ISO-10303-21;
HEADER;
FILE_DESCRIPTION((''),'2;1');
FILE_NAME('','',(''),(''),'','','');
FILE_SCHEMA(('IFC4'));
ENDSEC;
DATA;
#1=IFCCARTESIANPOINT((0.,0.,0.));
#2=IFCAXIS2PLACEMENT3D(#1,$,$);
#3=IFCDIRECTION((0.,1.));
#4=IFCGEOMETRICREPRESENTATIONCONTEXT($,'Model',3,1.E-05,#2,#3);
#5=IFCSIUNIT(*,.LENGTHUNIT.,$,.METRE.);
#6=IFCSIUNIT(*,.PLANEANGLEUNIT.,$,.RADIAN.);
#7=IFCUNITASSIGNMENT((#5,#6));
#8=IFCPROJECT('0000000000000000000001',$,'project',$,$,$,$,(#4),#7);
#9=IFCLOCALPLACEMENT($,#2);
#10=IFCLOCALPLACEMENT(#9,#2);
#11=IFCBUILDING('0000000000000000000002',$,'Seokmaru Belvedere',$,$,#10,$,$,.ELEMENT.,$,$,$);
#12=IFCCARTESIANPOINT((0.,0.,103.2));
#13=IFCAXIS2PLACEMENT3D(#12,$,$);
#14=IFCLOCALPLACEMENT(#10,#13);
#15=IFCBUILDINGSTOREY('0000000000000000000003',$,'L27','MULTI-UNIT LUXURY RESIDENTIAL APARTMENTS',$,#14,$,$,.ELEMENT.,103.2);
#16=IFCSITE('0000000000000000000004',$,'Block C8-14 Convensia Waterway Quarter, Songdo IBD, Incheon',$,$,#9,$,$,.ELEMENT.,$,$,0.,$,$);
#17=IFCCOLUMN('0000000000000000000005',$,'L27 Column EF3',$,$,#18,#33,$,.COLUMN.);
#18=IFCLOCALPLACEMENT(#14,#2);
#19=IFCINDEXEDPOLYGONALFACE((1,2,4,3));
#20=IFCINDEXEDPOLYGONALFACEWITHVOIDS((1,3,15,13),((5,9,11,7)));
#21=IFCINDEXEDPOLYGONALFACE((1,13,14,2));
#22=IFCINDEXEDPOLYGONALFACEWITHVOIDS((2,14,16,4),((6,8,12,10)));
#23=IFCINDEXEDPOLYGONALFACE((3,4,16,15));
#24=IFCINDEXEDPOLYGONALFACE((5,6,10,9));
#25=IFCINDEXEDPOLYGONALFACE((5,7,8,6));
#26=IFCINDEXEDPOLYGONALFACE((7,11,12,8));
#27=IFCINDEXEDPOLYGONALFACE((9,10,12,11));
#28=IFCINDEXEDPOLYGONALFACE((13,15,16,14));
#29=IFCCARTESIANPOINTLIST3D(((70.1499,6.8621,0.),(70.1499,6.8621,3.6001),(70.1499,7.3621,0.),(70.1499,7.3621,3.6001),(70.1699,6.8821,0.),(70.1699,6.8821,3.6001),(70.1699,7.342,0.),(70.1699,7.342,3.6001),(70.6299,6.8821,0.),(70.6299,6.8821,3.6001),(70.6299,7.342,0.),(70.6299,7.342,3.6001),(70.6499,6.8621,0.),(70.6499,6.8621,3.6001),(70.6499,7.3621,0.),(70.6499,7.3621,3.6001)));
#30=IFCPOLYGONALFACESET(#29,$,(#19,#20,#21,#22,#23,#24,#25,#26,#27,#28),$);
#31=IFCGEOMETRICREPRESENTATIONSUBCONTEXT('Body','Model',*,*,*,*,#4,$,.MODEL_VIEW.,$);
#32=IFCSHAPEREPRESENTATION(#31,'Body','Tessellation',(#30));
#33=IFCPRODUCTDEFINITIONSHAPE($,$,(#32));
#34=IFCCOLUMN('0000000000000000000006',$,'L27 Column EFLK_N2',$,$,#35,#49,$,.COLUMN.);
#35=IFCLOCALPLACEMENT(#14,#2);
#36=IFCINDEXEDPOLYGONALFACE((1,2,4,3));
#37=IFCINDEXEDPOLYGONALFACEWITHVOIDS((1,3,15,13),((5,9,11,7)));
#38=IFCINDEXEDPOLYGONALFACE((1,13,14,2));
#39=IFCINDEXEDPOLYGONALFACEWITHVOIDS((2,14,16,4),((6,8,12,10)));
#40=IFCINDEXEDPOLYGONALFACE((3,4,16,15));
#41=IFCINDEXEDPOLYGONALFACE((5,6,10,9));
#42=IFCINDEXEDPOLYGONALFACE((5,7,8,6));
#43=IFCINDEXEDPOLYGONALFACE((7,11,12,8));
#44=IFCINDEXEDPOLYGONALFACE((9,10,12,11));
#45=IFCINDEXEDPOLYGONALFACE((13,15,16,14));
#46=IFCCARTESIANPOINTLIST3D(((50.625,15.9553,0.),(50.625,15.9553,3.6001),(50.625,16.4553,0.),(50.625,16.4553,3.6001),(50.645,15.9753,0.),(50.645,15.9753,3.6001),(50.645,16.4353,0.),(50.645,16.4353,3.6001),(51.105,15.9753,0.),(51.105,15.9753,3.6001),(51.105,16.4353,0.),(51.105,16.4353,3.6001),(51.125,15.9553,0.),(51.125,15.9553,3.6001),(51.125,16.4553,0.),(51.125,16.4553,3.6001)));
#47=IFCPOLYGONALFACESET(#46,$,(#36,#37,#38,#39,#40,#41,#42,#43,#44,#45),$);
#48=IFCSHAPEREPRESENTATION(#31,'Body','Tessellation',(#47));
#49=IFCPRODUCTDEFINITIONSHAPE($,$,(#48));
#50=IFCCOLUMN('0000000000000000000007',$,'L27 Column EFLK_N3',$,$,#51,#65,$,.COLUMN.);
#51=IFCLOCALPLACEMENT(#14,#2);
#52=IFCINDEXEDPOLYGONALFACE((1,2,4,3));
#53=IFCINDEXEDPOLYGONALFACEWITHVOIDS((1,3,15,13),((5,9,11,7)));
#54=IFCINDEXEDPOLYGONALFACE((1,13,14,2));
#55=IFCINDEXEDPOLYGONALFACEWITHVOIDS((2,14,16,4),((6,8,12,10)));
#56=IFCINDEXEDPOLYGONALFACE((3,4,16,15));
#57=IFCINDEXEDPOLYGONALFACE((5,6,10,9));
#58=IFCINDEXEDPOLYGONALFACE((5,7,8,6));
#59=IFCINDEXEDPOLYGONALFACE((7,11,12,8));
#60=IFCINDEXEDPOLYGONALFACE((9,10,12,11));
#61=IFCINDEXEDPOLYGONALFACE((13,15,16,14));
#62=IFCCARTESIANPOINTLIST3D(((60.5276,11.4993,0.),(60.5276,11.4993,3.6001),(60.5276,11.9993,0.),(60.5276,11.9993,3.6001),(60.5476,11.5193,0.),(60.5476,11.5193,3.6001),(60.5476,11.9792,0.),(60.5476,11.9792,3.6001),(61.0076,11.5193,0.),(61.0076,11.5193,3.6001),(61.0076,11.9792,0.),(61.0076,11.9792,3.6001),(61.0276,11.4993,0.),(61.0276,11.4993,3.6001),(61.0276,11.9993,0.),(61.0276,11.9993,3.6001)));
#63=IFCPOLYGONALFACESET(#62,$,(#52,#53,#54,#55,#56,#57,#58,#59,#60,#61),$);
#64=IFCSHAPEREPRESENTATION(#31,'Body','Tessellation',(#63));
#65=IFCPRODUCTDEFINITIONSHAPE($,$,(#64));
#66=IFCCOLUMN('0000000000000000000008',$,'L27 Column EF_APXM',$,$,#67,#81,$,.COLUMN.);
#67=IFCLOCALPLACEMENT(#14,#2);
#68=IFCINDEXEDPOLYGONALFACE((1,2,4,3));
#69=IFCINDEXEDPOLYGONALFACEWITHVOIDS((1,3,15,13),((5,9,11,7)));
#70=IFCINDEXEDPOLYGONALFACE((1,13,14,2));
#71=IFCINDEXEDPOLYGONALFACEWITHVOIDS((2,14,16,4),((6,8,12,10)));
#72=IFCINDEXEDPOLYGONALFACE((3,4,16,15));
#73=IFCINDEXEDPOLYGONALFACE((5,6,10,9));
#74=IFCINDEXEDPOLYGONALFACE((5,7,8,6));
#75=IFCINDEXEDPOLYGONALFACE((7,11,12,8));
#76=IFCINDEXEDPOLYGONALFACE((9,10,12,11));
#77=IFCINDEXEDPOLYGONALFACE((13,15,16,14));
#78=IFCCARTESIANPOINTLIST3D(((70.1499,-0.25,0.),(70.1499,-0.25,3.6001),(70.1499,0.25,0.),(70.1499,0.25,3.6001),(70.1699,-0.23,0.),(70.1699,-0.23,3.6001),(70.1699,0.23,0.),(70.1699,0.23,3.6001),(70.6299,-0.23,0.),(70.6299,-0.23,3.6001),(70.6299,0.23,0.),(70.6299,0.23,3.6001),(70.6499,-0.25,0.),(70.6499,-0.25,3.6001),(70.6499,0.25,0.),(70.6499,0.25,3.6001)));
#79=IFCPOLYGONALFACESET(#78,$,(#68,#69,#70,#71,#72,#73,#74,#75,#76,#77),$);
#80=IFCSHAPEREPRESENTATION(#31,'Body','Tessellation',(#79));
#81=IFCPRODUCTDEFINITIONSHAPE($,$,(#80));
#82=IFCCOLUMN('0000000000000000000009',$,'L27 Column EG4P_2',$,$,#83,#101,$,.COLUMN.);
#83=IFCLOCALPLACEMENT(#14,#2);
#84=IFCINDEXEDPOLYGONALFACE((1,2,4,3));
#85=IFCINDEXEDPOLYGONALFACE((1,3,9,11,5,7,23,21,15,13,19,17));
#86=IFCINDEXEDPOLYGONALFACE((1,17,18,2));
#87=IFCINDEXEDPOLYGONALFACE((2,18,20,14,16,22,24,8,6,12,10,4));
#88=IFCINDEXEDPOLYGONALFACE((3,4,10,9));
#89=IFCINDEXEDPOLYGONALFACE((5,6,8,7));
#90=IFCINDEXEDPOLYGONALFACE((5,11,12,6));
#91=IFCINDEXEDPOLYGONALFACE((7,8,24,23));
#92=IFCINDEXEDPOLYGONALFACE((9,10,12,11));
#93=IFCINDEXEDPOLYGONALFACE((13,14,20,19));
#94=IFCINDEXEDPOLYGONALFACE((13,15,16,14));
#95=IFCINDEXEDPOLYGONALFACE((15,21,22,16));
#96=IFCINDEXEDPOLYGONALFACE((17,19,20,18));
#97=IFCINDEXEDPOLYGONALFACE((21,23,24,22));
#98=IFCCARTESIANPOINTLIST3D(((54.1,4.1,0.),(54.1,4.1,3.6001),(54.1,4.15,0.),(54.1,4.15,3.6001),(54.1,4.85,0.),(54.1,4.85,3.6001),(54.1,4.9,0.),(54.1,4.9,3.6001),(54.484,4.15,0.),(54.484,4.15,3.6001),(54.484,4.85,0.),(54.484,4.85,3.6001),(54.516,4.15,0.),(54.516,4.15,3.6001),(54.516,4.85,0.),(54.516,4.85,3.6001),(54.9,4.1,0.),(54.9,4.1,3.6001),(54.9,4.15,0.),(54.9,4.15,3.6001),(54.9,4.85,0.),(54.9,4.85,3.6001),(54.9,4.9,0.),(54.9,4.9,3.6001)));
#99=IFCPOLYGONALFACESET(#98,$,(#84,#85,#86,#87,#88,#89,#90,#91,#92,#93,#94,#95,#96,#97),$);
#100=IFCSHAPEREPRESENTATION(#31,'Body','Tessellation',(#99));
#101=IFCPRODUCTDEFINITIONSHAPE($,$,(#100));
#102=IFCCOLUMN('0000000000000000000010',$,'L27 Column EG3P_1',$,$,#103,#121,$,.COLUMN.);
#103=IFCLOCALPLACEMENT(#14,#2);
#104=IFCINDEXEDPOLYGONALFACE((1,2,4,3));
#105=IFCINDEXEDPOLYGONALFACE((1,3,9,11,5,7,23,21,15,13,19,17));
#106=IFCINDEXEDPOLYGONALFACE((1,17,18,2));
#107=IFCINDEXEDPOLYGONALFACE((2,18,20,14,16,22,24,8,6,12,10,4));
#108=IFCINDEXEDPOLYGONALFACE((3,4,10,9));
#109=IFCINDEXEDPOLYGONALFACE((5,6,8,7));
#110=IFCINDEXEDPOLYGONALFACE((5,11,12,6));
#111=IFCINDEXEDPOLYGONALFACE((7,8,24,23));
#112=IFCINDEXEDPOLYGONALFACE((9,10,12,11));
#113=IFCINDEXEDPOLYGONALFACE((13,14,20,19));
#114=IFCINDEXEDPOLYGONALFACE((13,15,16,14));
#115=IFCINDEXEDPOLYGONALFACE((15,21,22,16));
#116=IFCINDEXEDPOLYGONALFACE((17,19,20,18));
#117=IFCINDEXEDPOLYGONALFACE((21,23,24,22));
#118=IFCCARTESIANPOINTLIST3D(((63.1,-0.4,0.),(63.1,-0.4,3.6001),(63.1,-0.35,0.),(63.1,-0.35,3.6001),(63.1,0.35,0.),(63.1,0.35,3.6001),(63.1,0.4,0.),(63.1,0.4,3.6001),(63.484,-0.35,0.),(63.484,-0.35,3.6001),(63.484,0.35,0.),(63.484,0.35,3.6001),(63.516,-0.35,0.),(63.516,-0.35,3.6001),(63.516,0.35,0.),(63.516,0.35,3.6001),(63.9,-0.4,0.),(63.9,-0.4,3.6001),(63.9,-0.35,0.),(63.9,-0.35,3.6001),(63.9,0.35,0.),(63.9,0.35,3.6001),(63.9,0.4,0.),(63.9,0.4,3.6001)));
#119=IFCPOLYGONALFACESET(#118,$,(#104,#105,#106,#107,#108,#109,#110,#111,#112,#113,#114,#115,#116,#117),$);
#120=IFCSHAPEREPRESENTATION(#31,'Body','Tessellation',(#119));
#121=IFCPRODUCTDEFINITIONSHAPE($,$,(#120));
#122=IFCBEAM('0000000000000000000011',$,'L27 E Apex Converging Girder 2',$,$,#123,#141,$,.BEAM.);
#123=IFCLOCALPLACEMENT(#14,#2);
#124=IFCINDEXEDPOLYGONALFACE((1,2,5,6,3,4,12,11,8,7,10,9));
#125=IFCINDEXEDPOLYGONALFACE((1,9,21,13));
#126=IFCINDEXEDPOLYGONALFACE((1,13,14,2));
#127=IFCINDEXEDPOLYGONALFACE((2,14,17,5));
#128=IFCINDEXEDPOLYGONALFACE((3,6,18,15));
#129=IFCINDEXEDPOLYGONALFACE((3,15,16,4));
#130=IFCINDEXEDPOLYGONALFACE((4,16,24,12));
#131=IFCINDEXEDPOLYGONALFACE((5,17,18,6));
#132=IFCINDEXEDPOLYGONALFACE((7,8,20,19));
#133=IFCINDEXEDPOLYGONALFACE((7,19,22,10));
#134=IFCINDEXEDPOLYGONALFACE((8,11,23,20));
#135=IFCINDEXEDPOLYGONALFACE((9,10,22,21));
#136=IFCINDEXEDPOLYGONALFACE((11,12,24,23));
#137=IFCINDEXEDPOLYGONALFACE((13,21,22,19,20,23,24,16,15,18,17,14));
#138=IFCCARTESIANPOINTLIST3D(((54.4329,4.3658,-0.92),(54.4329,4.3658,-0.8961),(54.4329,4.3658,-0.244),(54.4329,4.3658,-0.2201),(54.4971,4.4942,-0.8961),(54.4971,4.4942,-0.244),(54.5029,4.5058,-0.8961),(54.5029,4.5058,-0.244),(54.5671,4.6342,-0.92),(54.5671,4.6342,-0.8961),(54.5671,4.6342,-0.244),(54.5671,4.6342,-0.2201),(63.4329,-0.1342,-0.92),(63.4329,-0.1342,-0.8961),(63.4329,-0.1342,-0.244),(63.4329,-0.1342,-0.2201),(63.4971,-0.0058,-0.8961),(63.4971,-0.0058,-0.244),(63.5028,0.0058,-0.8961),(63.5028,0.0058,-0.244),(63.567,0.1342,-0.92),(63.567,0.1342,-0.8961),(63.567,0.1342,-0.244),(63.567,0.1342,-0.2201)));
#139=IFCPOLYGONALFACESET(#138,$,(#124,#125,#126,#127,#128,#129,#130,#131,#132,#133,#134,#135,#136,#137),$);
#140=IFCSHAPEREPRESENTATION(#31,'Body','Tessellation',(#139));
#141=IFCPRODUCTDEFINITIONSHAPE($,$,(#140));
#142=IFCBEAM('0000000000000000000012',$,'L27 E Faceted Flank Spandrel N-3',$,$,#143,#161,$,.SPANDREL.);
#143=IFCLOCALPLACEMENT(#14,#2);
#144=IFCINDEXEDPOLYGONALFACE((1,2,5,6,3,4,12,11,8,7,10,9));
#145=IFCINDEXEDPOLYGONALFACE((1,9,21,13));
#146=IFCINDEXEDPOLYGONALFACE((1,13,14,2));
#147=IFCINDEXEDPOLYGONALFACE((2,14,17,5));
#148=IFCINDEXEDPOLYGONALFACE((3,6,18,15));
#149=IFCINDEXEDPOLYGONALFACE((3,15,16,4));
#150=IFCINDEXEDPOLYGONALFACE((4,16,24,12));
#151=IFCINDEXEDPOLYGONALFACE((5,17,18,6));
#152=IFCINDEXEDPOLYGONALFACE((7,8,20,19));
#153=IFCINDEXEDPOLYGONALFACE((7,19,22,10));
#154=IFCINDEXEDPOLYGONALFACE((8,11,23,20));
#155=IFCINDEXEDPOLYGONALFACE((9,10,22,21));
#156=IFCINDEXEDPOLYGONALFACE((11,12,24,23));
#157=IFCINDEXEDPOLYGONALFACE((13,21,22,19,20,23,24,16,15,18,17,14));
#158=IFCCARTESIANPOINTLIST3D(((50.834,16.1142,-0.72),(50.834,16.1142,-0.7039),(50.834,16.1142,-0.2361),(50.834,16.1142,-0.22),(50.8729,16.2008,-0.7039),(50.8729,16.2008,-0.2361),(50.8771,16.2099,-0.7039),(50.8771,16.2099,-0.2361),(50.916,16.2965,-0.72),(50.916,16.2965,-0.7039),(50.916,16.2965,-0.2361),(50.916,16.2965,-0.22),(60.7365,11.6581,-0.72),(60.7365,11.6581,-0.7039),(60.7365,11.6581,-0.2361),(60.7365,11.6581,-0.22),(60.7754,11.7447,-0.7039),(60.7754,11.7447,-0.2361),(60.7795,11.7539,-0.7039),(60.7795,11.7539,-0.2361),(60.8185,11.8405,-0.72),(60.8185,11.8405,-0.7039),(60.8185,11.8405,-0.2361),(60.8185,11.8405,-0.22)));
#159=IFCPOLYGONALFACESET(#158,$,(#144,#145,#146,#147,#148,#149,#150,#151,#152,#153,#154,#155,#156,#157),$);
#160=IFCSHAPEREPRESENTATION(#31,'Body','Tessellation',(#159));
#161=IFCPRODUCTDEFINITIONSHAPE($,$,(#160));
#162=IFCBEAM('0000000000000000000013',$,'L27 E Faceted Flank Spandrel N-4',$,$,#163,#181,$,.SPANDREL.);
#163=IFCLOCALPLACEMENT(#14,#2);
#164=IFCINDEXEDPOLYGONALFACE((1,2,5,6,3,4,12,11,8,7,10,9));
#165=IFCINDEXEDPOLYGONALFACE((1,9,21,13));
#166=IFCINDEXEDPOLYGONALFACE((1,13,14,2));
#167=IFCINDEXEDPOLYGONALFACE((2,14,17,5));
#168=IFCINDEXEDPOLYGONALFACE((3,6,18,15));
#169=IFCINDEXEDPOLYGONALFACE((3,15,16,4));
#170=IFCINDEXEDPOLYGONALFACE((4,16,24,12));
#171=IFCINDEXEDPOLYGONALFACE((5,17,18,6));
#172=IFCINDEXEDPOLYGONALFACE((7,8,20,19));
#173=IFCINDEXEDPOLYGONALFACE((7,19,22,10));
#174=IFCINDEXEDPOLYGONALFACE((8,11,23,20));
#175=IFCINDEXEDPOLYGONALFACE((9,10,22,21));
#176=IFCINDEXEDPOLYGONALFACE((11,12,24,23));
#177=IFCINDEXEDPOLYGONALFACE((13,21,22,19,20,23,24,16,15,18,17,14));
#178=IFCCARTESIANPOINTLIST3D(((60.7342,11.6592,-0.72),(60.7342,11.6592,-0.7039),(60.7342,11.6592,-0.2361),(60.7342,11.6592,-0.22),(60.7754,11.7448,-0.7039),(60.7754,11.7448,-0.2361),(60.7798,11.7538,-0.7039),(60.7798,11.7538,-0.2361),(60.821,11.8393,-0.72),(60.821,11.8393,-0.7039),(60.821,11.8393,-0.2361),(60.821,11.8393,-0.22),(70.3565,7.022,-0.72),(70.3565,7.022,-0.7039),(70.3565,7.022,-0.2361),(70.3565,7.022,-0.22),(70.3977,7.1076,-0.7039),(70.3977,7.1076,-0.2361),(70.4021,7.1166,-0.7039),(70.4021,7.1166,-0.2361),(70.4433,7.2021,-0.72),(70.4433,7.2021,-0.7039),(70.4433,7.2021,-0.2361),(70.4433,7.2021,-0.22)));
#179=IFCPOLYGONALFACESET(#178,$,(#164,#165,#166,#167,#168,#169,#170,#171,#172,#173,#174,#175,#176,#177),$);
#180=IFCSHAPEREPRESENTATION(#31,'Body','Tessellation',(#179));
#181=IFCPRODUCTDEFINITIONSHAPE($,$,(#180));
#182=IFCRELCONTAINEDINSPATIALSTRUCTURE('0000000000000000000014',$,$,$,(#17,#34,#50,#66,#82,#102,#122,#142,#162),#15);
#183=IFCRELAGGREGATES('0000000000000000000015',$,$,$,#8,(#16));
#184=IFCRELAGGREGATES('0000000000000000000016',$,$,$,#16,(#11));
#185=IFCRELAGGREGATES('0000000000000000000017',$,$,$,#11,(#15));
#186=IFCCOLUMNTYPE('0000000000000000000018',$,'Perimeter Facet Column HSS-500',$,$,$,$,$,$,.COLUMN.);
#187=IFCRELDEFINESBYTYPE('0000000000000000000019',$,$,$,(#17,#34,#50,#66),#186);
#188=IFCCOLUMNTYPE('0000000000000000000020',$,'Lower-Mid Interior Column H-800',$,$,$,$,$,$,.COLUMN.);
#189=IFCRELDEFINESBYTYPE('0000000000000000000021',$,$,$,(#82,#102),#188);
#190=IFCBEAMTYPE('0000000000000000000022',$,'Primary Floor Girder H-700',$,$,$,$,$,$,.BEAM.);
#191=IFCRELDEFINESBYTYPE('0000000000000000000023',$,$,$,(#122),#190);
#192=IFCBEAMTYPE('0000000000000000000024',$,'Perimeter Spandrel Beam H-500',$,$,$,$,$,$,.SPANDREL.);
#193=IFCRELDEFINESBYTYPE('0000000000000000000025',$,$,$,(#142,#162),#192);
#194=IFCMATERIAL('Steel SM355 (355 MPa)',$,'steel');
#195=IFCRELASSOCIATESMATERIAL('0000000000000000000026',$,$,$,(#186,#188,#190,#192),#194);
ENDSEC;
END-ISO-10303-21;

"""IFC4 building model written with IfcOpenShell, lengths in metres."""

from ifc_helpers import new_model, si_unit, direction, frame, origin, origin_2d, place, context, subcontext, project, spatial, hollow_rectangle, i_section, extrude, source, transform, mapped, material, material_profile, profile_set, type_object, type_shapes, element, save


model = new_model("IFC4")

# Units and contexts
model_context = context("Model", 3, precision=1e-05, world=origin(), true_north=direction((0.0, 1.0)))
body_context = subcontext(model_context, "Body", "Model", "MODEL_VIEW")
ifc_project = project(units=[si_unit("LENGTHUNIT", "METRE"), si_unit("PLANEANGLEUNIT", "RADIAN")], contexts=[model_context])

# Site, building, storey
site_placement = place(None, origin())
site = spatial("IfcSite", under=ifc_project, at=site_placement, Name="Block C8-14 Convensia Waterway Quarter, Songdo IBD, Incheon", CompositionType="ELEMENT", RefElevation=0.0)
building_placement = place(site_placement, origin())
building = spatial("IfcBuilding", under=site, at=building_placement, Name="Seokmaru Belvedere", CompositionType="ELEMENT")
storey_placement = place(building_placement, frame((0.0, 0.0, 103.2)))
storey = spatial("IfcBuildingStorey", under=building, at=storey_placement, Name="L27", Description="MULTI-UNIT LUXURY RESIDENTIAL APARTMENTS", CompositionType="ELEMENT", Elevation=103.2)

# Columns
ifc_material_1 = material(Name="Steel SM355 (355 MPa)", Category="steel")
ifc_material_profile_1 = material_profile(ifc_material_1, hollow_rectangle(XDim=0.5, YDim=0.5, WallThickness=0.02, at=origin_2d()), Name="HSS-500x500x20")
ifc_profile_set_1 = profile_set([ifc_material_profile_1], Name="Steel SM355 (355 MPa)")
column_type_1 = type_object("IfcColumnType", Name="Perimeter Facet Column HSS-500", PredefinedType="COLUMN", material=ifc_profile_set_1)
shared_shape_1 = source(origin(), body_context, "Body", "SweptSolid", [
    extrude(hollow_rectangle(XDim=0.5, YDim=0.5, WallThickness=0.02, at=origin_2d()), origin(), (0.0, 0.0, 1.0), 3.6001),
])
type_shapes(column_type_1, [shared_shape_1])
for number, where, z_axis, x_axis, name in (
    (1, (70.3999, 7.1121, 0.0), (0.0, 0.0, 1.0), (1.0, 0.0, 0.0), "L27 Column EF3"),
    (2, (50.875, 16.2053, 0.0), (0.0, 0.0, 1.0), (1.0, 0.0, 0.0), "L27 Column EFLK_N2"),
    (3, (60.7776, 11.7493, 0.0), (0.0, 0.0, 1.0), (1.0, 0.0, 0.0), "L27 Column EFLK_N3"),
    (4, (70.3999, 0.0, 0.0), (0.0, 0.0, 1.0), (1.0, 0.0, 0.0), "L27 Column EF_APXM"),
):
    element("IfcColumn", number, at=place(storey_placement, frame(where, z_axis=z_axis, x_axis=x_axis)), inside=storey, type_object=column_type_1, Name=name, PredefinedType="COLUMN", context=body_context, shape_type="MappedRepresentation", body=[
        mapped(shared_shape_1, transform((0.0, 0.0, 0.0), scale=1.0)),
    ])
ifc_material_profile_2 = material_profile(ifc_material_1, i_section(OverallWidth=0.8, OverallDepth=0.8, WebThickness=0.032, FlangeThickness=0.05, at=origin_2d()), Name="H-800x800x32x50")
ifc_profile_set_2 = profile_set([ifc_material_profile_2], Name="Steel SM355 (355 MPa)")
column_type_2 = type_object("IfcColumnType", Name="Lower-Mid Interior Column H-800", PredefinedType="COLUMN", material=ifc_profile_set_2)
shared_shape_2 = source(origin(), body_context, "Body", "SweptSolid", [
    extrude(i_section(OverallWidth=0.8, OverallDepth=0.8, WebThickness=0.032, FlangeThickness=0.05, at=origin_2d()), origin(), (0.0, 0.0, 1.0), 3.6001),
])
type_shapes(column_type_2, [shared_shape_2])
for number, where, z_axis, x_axis, name in (
    (5, (54.5, 4.5, 0.0), (0.0, 0.0, 1.0), (1.0, 0.0, 0.0), "L27 Column EG4P_2"),
    (6, (63.5, 0.0, 0.0), (0.0, 0.0, 1.0), (1.0, 0.0, 0.0), "L27 Column EG3P_1"),
):
    element("IfcColumn", number, at=place(storey_placement, frame(where, z_axis=z_axis, x_axis=x_axis)), inside=storey, type_object=column_type_2, Name=name, PredefinedType="COLUMN", context=body_context, shape_type="MappedRepresentation", body=[
        mapped(shared_shape_2, transform((0.0, 0.0, 0.0), scale=1.0)),
    ])

# Beams
ifc_material_profile_3 = material_profile(ifc_material_1, i_section(OverallWidth=0.3, OverallDepth=0.7, WebThickness=0.0129, FlangeThickness=0.0239, at=origin_2d()), Name="H-700x300x13x24")
ifc_profile_set_3 = profile_set([ifc_material_profile_3], Name="Steel SM355 (355 MPa)")
beam_type_1 = type_object("IfcBeamType", Name="Primary Floor Girder H-700", PredefinedType="BEAM", material=ifc_profile_set_3)
shared_shape_3 = source(origin(), body_context, "Body", "SweptSolid", [
    extrude(i_section(OverallWidth=0.3, OverallDepth=0.7, WebThickness=0.0129, FlangeThickness=0.0239, at=origin_2d()), origin(), (0.0, 0.0, 1.0), 10.0623),
])
beam_1_placement = place(storey_placement, frame((54.5, 4.5, -0.5701), z_axis=(0.894427, -0.447214, 0.0), x_axis=(0.447214, 0.894427, 0.0)))
element("IfcBeam", 7, at=beam_1_placement, inside=storey, type_object=beam_type_1, Name="L27 E Apex Converging Girder 2", PredefinedType="BEAM", context=body_context, shape_type="MappedRepresentation", body=[
    mapped(shared_shape_3, transform((0.0, 0.0, 0.0), scale=1.0)),
])
ifc_material_profile_4 = material_profile(ifc_material_1, i_section(OverallWidth=0.2, OverallDepth=0.5, WebThickness=0.01, FlangeThickness=0.0161, at=origin_2d()), Name="H-500x200x10x16")
ifc_profile_set_4 = profile_set([ifc_material_profile_4], Name="Steel SM355 (355 MPa)")
beam_type_2 = type_object("IfcBeamType", Name="Perimeter Spandrel Beam H-500", PredefinedType="SPANDREL", material=ifc_profile_set_4)
shared_shape_4 = source(origin(), body_context, "Body", "SweptSolid", [
    extrude(i_section(OverallWidth=0.2, OverallDepth=0.5, WebThickness=0.01, FlangeThickness=0.0161, at=origin_2d()), origin(), (0.0, 0.0, 1.0), 10.8589),
])
beam_2_placement = place(storey_placement, frame((50.875, 16.2053, -0.47), z_axis=(0.911925, -0.410356, 0.0), x_axis=(0.410356, 0.911925, 0.0)))
element("IfcBeam", 8, at=beam_2_placement, inside=storey, type_object=beam_type_2, Name="L27 E Faceted Flank Spandrel N-3", PredefinedType="SPANDREL", context=body_context, shape_type="MappedRepresentation", body=[
    mapped(shared_shape_4, transform((0.0, 0.0, 0.0), scale=1.0)),
])
shared_shape_5 = source(origin(), body_context, "Body", "SweptSolid", [
    extrude(i_section(OverallWidth=0.2, OverallDepth=0.5, WebThickness=0.01, FlangeThickness=0.0161, at=origin_2d()), origin(), (0.0, 0.0, 1.0), 10.6814),
])
beam_3_placement = place(storey_placement, frame((60.7776, 11.7493, -0.47), z_axis=(0.900846, -0.434138, 0.0), x_axis=(0.434138, 0.900846, 0.0)))
element("IfcBeam", 9, at=beam_3_placement, inside=storey, type_object=beam_type_2, Name="L27 E Faceted Flank Spandrel N-4", PredefinedType="SPANDREL", context=body_context, shape_type="MappedRepresentation", body=[
    mapped(shared_shape_5, transform((0.0, 0.0, 0.0), scale=1.0)),
])

save(model, "model.ifc")
